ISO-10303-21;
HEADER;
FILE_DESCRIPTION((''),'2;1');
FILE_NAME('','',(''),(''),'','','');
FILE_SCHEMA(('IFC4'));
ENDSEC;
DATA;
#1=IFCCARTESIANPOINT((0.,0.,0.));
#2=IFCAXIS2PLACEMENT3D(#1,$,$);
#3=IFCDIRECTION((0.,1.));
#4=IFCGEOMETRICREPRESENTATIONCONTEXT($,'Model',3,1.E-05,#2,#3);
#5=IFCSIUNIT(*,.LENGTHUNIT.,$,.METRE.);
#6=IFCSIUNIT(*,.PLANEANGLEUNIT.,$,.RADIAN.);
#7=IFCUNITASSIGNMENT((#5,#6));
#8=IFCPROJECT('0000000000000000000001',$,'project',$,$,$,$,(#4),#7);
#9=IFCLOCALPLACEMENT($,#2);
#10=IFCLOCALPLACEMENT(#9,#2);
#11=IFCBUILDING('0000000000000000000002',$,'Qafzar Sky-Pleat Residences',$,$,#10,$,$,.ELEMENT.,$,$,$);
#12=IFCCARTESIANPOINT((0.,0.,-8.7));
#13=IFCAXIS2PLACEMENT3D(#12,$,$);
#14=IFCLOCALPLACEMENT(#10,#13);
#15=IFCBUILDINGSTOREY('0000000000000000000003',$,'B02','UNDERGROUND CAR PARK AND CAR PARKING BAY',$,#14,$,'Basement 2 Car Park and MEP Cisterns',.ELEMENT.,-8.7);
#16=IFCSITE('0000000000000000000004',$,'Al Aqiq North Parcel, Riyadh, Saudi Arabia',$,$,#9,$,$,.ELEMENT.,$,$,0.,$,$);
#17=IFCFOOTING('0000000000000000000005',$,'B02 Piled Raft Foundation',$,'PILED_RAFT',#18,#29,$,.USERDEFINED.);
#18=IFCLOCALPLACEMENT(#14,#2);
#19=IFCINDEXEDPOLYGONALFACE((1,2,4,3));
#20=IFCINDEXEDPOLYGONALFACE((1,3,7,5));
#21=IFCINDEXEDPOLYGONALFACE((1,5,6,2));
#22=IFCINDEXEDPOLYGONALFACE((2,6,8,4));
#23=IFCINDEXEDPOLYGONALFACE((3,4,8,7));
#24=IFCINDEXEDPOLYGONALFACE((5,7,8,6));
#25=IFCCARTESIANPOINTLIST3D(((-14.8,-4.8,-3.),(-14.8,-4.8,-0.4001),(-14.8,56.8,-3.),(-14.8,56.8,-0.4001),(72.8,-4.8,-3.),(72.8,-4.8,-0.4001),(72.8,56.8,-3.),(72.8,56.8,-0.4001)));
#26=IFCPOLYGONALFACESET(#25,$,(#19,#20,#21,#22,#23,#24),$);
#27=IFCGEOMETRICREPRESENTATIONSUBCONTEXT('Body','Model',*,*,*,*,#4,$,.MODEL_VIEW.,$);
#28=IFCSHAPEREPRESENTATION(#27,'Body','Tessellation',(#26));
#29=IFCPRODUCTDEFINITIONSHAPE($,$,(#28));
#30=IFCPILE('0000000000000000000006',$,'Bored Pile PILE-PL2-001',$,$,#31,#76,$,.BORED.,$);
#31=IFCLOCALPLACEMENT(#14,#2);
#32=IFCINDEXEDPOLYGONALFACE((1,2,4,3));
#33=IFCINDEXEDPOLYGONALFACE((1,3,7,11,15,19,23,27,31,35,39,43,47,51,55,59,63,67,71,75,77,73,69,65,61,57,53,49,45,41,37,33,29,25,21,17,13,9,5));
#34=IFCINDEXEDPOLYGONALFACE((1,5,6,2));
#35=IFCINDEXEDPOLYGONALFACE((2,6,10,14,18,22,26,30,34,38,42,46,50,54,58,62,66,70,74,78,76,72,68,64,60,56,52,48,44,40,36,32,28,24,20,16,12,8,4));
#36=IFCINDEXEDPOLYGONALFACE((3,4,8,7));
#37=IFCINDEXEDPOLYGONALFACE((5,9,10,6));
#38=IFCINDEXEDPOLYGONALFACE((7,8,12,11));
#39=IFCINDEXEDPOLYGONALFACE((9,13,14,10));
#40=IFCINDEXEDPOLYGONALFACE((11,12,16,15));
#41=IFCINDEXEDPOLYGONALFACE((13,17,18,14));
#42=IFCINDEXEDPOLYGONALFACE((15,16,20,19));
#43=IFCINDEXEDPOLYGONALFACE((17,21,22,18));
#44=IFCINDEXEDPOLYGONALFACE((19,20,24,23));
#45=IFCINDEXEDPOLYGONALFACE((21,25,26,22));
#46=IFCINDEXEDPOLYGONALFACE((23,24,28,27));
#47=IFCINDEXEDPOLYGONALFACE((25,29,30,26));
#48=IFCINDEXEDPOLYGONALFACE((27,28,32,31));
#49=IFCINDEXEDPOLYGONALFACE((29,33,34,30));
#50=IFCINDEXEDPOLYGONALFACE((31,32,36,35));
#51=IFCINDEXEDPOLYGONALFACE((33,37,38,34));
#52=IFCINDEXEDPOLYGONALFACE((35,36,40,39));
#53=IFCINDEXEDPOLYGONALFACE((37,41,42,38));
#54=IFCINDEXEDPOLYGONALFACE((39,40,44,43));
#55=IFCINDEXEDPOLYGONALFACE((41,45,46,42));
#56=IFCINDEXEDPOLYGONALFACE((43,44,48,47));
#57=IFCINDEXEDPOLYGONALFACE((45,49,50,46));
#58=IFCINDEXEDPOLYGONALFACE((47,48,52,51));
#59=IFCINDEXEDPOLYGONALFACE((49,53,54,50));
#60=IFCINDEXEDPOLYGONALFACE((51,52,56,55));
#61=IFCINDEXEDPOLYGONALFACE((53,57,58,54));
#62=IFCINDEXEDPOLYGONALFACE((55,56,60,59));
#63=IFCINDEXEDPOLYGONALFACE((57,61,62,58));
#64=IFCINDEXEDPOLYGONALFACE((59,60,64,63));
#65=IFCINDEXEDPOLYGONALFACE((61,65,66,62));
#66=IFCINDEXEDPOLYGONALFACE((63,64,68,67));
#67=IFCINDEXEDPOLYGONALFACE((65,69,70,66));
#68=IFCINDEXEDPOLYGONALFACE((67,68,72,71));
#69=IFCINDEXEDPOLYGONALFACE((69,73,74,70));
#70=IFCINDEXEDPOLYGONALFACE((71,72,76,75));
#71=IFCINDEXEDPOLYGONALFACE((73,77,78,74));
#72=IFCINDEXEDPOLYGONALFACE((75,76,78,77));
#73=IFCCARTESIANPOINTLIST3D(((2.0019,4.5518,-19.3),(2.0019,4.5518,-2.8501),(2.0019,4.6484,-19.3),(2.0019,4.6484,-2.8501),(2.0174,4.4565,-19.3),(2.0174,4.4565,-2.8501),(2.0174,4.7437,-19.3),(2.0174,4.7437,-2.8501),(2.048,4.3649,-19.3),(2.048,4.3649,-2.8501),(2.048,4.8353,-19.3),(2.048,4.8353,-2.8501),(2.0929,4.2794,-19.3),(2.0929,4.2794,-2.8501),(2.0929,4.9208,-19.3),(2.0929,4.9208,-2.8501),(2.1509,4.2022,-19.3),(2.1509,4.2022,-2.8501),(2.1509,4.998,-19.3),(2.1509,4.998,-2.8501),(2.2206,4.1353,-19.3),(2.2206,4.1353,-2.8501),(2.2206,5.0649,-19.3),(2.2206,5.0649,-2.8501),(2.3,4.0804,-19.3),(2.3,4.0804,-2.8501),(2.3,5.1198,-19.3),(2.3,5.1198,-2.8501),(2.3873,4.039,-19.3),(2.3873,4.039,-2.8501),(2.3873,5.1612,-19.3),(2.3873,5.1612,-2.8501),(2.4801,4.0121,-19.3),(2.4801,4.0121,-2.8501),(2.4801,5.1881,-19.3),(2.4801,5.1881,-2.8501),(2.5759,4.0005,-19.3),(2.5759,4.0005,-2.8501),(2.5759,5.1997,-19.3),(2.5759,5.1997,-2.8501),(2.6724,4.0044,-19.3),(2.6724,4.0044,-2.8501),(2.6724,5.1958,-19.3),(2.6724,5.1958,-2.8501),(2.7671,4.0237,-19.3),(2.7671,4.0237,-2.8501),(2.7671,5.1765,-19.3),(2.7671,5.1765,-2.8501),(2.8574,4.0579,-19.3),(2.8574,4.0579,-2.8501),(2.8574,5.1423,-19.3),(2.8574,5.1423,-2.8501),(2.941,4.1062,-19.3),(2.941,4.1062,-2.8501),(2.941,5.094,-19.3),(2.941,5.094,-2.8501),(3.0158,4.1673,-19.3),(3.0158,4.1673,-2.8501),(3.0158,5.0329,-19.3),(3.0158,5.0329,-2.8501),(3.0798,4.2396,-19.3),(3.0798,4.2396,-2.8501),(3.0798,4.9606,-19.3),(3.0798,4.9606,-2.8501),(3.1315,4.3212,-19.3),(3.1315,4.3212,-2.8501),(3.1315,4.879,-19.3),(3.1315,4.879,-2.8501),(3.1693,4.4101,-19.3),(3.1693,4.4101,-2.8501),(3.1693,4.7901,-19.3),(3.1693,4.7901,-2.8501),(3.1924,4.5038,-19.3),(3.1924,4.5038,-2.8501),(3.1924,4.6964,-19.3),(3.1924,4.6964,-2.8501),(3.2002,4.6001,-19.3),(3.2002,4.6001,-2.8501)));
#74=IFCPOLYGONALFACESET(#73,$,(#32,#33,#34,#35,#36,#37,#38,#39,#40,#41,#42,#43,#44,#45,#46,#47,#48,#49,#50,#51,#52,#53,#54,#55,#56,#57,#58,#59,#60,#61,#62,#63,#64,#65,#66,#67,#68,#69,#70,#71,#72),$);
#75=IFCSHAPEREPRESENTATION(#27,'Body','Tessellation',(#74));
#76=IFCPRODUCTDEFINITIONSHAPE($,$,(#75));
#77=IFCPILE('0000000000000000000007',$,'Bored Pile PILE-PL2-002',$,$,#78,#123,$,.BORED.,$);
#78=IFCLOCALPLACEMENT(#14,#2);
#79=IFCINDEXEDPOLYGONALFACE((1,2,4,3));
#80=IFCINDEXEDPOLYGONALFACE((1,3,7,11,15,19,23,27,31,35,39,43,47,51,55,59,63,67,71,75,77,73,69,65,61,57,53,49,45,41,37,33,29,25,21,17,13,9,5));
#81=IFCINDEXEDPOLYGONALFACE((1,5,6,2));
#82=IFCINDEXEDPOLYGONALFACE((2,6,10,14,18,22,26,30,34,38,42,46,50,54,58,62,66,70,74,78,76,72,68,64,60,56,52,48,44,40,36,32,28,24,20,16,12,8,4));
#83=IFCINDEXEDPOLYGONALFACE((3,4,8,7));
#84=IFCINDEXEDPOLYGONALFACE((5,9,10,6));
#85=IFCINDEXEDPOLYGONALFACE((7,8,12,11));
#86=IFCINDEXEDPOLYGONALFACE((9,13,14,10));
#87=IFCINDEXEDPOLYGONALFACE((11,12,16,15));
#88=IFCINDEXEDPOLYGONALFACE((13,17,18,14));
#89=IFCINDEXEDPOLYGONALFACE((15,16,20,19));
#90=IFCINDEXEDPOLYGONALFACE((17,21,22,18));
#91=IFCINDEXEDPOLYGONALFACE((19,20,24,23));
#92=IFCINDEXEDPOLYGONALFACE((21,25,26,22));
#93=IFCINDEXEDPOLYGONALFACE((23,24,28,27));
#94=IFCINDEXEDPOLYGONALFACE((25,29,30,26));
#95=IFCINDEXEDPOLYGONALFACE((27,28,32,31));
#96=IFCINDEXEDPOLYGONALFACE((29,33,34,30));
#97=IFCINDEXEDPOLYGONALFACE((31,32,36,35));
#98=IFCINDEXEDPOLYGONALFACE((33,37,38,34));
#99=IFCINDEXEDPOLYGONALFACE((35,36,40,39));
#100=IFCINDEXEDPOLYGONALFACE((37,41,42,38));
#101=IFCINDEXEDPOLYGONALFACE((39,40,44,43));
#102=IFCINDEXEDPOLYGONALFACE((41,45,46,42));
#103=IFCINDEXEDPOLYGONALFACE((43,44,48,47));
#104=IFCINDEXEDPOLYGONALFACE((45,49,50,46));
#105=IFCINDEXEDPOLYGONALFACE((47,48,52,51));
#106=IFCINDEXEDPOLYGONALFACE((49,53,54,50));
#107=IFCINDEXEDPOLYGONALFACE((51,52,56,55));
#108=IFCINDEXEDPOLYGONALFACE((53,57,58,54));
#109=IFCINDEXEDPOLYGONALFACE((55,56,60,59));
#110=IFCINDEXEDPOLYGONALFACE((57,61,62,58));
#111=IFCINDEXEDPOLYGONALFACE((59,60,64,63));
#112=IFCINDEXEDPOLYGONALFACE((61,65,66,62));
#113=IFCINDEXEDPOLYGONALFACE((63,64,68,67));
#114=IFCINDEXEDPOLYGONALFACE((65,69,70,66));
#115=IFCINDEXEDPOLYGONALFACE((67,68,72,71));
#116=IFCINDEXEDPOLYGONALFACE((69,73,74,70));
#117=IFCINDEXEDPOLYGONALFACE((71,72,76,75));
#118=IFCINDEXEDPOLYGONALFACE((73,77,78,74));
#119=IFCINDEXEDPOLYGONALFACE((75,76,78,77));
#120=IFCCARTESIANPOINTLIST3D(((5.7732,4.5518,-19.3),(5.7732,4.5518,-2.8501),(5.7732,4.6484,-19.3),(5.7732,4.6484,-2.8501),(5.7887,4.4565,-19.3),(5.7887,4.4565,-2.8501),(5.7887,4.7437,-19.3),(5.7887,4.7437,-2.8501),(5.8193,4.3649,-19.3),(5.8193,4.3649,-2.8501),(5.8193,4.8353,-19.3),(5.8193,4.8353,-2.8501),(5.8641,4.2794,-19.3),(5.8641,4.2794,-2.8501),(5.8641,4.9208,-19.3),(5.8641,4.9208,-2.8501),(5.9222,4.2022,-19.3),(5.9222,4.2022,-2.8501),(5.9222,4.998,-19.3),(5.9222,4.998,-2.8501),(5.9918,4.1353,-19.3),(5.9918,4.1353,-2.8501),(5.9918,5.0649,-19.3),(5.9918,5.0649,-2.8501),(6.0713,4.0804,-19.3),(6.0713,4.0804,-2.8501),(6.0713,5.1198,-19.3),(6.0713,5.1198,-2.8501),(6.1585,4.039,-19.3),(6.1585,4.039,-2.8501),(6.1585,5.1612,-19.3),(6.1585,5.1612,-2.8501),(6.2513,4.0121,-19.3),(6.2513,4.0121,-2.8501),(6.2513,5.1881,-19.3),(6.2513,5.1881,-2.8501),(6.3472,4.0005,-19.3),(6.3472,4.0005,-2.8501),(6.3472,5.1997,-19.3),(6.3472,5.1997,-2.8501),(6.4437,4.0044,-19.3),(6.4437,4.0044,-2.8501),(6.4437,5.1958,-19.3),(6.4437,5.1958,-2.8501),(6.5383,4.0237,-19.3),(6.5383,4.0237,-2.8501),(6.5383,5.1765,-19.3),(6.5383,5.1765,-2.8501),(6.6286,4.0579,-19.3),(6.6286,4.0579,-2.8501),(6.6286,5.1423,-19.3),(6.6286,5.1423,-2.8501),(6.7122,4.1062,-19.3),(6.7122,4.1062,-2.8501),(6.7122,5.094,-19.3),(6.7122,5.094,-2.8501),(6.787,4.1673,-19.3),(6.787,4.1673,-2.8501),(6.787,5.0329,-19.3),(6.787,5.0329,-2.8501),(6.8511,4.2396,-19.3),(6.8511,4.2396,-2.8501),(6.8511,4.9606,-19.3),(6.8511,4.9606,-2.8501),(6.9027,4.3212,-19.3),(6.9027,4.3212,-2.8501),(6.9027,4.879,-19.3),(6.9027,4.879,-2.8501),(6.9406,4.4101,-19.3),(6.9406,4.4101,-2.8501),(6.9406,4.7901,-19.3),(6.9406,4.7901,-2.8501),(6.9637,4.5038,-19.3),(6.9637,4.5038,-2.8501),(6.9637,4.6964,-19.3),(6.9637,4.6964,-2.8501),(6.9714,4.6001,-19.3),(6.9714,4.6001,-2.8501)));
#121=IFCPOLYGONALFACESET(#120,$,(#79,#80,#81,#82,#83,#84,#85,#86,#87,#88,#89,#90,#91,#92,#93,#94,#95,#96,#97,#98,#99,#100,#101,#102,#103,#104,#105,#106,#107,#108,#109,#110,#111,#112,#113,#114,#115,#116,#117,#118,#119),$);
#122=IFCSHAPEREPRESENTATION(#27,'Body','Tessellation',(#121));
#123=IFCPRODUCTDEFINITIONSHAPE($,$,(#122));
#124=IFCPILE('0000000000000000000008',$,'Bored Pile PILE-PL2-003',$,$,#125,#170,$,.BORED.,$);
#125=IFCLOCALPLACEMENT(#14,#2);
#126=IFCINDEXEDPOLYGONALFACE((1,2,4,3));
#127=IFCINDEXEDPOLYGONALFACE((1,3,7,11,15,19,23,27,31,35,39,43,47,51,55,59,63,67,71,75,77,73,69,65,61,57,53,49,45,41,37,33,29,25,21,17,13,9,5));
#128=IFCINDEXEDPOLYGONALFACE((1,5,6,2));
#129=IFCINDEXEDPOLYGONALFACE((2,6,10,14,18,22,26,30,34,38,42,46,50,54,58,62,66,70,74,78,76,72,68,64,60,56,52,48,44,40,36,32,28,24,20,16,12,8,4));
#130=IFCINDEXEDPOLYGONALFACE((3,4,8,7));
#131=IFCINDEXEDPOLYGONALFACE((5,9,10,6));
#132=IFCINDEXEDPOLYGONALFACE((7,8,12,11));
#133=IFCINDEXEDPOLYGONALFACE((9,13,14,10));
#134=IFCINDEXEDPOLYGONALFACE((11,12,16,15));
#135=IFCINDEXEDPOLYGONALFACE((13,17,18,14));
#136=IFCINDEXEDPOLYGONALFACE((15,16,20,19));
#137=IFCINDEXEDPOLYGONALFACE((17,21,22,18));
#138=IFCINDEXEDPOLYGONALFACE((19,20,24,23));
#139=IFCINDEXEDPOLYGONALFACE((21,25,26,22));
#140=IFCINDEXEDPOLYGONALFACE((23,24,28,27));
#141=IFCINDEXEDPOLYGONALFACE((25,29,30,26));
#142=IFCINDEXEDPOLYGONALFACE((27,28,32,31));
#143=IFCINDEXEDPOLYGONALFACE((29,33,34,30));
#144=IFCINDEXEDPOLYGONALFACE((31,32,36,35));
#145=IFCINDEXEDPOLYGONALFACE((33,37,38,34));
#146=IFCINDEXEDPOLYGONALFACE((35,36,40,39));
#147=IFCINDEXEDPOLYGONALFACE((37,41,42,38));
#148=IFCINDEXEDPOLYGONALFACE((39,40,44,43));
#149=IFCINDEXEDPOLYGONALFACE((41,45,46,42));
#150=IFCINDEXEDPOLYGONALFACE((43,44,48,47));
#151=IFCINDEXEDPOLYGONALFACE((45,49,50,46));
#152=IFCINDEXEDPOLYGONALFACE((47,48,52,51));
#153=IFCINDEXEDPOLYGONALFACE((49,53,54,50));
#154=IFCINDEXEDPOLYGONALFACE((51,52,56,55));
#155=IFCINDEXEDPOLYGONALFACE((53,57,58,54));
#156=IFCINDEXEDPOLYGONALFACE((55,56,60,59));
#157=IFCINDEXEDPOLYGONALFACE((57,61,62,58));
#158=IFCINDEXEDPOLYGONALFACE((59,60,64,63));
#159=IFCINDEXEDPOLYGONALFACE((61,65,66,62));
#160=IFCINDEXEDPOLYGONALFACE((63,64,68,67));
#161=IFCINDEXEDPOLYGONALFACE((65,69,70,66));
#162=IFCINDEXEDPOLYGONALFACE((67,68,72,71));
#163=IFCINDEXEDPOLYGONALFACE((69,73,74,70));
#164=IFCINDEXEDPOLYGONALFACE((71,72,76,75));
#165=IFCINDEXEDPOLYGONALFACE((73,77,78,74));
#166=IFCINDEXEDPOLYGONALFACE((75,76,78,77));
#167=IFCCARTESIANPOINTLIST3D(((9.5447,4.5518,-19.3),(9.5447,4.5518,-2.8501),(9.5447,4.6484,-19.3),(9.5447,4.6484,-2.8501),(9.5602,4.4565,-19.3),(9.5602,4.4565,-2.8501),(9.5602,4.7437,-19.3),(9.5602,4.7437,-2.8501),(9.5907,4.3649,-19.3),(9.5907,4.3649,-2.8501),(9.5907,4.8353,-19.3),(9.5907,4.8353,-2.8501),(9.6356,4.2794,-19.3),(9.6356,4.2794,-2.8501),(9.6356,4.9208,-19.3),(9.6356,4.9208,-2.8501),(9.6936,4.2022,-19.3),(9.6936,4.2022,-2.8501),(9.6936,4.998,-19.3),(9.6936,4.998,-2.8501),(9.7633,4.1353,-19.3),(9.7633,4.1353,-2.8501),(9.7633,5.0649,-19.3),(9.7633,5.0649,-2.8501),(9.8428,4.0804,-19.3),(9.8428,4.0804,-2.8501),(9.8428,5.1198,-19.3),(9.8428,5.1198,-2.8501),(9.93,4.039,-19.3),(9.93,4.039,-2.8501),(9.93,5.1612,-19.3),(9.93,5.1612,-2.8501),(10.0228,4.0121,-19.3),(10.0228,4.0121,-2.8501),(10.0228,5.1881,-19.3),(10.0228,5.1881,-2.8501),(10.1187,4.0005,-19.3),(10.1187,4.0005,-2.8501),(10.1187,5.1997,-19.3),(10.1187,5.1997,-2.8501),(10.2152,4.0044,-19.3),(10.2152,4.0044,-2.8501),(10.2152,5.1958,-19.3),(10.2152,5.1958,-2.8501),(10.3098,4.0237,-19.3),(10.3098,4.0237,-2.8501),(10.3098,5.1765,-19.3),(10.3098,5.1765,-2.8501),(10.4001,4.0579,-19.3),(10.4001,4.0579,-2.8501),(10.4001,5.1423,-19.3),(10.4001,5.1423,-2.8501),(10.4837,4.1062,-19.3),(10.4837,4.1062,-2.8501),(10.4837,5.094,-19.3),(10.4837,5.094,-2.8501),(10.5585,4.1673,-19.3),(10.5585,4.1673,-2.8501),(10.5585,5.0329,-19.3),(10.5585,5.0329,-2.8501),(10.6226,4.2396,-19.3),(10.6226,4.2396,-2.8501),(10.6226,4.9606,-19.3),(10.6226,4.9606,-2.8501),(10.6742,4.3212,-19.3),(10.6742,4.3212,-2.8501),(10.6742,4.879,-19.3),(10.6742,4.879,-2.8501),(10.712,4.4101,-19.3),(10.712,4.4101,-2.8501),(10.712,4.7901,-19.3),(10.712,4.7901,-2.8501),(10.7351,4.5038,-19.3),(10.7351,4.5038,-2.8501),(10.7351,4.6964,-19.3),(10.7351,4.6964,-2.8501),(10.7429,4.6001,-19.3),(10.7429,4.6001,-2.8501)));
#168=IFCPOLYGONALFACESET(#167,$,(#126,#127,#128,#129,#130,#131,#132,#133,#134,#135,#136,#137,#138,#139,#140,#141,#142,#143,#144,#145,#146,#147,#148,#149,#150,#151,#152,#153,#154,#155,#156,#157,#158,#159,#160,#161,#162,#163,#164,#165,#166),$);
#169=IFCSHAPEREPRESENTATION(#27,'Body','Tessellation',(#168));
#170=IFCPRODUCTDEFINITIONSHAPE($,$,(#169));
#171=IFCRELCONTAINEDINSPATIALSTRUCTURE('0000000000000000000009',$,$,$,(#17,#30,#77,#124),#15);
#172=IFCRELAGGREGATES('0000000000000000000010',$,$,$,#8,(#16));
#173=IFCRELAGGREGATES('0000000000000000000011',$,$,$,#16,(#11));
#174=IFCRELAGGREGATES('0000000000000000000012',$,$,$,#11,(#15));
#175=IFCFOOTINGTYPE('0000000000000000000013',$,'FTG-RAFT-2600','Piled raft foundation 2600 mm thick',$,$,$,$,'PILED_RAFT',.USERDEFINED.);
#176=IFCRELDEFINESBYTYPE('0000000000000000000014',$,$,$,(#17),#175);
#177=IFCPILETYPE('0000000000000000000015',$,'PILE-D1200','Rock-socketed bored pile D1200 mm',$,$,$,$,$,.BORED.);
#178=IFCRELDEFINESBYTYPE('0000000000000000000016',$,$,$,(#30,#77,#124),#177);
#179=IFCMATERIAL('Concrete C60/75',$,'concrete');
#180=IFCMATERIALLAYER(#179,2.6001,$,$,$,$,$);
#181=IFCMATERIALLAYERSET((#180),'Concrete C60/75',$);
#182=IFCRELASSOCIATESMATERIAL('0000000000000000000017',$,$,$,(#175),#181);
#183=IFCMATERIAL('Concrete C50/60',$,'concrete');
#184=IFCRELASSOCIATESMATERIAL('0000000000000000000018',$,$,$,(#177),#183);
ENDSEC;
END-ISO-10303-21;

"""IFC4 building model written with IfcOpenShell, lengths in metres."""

from ifc_helpers import new_model, si_unit, direction, frame, origin, origin_2d, place, context, subcontext, project, spatial, polyline, circle, outline, extrude, source, transform, mapped, material, layer, layer_set, material_profile, profile_set, type_object, element, save


model = new_model("IFC4")

# Units and contexts
model_context = context("Model", 3, precision=1e-05, world=origin(), true_north=direction((0.0, 1.0)))
body_context = subcontext(model_context, "Body", "Model", "MODEL_VIEW")
ifc_project = project(units=[si_unit("LENGTHUNIT", "METRE"), si_unit("PLANEANGLEUNIT", "RADIAN")], contexts=[model_context])

# Site, building, storey
site_placement = place(None, origin())
site = spatial("IfcSite", under=ifc_project, at=site_placement, Name="Al Aqiq North Parcel, Riyadh, Saudi Arabia", CompositionType="ELEMENT", RefElevation=0.0)
building_placement = place(site_placement, origin())
building = spatial("IfcBuilding", under=site, at=building_placement, Name="Qafzar Sky-Pleat Residences", CompositionType="ELEMENT")
storey_placement = place(building_placement, frame((0.0, 0.0, -8.7)))
storey = spatial("IfcBuildingStorey", under=building, at=storey_placement, Name="B02", Description="UNDERGROUND CAR PARK AND CAR PARKING BAY", LongName="Basement 2 Car Park and MEP Cisterns", CompositionType="ELEMENT", Elevation=-8.7)

# Footing
ifc_material_1 = material(Name="Concrete C60/75", Category="concrete")
ifc_layer_1 = layer(ifc_material_1, 2.6001)
ifc_layer_set_1 = layer_set([ifc_layer_1], Name="Concrete C60/75")
footing_type = type_object("IfcFootingType", Name="FTG-RAFT-2600", Description="Piled raft foundation 2600 mm thick", ElementType="PILED_RAFT", PredefinedType="USERDEFINED", material=ifc_layer_set_1)
footing_placement = place(storey_placement, frame((0.0, 0.0, -3.0)))
element("IfcFooting", 1, at=footing_placement, inside=storey, type_object=footing_type, Name="B02 Piled Raft Foundation", ObjectType="PILED_RAFT", PredefinedType="USERDEFINED", context=body_context, shape_type="SweptSolid", body=[
    extrude(outline(polyline([(-14.8, -4.8), (72.8, -4.8), (72.8, 56.8), (-14.8, 56.8), (-14.8, -4.8)])), origin(), (0.0, 0.0, 1.0), 2.5999),
])

# Piles
ifc_material_2 = material(Name="Concrete C50/60", Category="concrete")
ifc_material_profile_1 = material_profile(ifc_material_2, circle(Radius=0.6001, at=origin_2d()), Name="PILE D1200")
ifc_profile_set_1 = profile_set([ifc_material_profile_1], Name="Concrete C50/60")
pile_type = type_object("IfcPileType", Name="PILE-D1200", Description="Rock-socketed bored pile D1200 mm", PredefinedType="BORED", material=ifc_profile_set_1)
shared_shape_1 = source(origin(), body_context, "Body", "SweptSolid", [
    extrude(circle(Radius=0.6001, at=origin_2d()), origin(), (0.0, 0.0, 1.0), 16.45),
])
for number, where, z_axis, x_axis, name in (
    (2, (2.6001, 4.6001, -2.8501), (0.0, 0.0, -1.0), (1.0, 0.0, 0.0), "Bored Pile PILE-PL2-001"),
    (3, (6.3713, 4.6001, -2.8501), (0.0, 0.0, -1.0), (1.0, 0.0, 0.0), "Bored Pile PILE-PL2-002"),
    (4, (10.1428, 4.6001, -2.8501), (0.0, 0.0, -1.0), (1.0, 0.0, 0.0), "Bored Pile PILE-PL2-003"),
):
    element("IfcPile", number, at=place(storey_placement, frame(where, z_axis=z_axis, x_axis=x_axis)), inside=storey, type_object=pile_type, Name=name, PredefinedType="BORED", context=body_context, shape_type="MappedRepresentation", body=[
        mapped(shared_shape_1, transform((0.0, 0.0, 0.0), x_axis=(1.0, 0.0, 0.0), y_axis=(0.0, 1.0, 0.0), z_axis=(0.0, 0.0, 1.0), scale=1.0)),
    ])

save(model, "model.ifc")
